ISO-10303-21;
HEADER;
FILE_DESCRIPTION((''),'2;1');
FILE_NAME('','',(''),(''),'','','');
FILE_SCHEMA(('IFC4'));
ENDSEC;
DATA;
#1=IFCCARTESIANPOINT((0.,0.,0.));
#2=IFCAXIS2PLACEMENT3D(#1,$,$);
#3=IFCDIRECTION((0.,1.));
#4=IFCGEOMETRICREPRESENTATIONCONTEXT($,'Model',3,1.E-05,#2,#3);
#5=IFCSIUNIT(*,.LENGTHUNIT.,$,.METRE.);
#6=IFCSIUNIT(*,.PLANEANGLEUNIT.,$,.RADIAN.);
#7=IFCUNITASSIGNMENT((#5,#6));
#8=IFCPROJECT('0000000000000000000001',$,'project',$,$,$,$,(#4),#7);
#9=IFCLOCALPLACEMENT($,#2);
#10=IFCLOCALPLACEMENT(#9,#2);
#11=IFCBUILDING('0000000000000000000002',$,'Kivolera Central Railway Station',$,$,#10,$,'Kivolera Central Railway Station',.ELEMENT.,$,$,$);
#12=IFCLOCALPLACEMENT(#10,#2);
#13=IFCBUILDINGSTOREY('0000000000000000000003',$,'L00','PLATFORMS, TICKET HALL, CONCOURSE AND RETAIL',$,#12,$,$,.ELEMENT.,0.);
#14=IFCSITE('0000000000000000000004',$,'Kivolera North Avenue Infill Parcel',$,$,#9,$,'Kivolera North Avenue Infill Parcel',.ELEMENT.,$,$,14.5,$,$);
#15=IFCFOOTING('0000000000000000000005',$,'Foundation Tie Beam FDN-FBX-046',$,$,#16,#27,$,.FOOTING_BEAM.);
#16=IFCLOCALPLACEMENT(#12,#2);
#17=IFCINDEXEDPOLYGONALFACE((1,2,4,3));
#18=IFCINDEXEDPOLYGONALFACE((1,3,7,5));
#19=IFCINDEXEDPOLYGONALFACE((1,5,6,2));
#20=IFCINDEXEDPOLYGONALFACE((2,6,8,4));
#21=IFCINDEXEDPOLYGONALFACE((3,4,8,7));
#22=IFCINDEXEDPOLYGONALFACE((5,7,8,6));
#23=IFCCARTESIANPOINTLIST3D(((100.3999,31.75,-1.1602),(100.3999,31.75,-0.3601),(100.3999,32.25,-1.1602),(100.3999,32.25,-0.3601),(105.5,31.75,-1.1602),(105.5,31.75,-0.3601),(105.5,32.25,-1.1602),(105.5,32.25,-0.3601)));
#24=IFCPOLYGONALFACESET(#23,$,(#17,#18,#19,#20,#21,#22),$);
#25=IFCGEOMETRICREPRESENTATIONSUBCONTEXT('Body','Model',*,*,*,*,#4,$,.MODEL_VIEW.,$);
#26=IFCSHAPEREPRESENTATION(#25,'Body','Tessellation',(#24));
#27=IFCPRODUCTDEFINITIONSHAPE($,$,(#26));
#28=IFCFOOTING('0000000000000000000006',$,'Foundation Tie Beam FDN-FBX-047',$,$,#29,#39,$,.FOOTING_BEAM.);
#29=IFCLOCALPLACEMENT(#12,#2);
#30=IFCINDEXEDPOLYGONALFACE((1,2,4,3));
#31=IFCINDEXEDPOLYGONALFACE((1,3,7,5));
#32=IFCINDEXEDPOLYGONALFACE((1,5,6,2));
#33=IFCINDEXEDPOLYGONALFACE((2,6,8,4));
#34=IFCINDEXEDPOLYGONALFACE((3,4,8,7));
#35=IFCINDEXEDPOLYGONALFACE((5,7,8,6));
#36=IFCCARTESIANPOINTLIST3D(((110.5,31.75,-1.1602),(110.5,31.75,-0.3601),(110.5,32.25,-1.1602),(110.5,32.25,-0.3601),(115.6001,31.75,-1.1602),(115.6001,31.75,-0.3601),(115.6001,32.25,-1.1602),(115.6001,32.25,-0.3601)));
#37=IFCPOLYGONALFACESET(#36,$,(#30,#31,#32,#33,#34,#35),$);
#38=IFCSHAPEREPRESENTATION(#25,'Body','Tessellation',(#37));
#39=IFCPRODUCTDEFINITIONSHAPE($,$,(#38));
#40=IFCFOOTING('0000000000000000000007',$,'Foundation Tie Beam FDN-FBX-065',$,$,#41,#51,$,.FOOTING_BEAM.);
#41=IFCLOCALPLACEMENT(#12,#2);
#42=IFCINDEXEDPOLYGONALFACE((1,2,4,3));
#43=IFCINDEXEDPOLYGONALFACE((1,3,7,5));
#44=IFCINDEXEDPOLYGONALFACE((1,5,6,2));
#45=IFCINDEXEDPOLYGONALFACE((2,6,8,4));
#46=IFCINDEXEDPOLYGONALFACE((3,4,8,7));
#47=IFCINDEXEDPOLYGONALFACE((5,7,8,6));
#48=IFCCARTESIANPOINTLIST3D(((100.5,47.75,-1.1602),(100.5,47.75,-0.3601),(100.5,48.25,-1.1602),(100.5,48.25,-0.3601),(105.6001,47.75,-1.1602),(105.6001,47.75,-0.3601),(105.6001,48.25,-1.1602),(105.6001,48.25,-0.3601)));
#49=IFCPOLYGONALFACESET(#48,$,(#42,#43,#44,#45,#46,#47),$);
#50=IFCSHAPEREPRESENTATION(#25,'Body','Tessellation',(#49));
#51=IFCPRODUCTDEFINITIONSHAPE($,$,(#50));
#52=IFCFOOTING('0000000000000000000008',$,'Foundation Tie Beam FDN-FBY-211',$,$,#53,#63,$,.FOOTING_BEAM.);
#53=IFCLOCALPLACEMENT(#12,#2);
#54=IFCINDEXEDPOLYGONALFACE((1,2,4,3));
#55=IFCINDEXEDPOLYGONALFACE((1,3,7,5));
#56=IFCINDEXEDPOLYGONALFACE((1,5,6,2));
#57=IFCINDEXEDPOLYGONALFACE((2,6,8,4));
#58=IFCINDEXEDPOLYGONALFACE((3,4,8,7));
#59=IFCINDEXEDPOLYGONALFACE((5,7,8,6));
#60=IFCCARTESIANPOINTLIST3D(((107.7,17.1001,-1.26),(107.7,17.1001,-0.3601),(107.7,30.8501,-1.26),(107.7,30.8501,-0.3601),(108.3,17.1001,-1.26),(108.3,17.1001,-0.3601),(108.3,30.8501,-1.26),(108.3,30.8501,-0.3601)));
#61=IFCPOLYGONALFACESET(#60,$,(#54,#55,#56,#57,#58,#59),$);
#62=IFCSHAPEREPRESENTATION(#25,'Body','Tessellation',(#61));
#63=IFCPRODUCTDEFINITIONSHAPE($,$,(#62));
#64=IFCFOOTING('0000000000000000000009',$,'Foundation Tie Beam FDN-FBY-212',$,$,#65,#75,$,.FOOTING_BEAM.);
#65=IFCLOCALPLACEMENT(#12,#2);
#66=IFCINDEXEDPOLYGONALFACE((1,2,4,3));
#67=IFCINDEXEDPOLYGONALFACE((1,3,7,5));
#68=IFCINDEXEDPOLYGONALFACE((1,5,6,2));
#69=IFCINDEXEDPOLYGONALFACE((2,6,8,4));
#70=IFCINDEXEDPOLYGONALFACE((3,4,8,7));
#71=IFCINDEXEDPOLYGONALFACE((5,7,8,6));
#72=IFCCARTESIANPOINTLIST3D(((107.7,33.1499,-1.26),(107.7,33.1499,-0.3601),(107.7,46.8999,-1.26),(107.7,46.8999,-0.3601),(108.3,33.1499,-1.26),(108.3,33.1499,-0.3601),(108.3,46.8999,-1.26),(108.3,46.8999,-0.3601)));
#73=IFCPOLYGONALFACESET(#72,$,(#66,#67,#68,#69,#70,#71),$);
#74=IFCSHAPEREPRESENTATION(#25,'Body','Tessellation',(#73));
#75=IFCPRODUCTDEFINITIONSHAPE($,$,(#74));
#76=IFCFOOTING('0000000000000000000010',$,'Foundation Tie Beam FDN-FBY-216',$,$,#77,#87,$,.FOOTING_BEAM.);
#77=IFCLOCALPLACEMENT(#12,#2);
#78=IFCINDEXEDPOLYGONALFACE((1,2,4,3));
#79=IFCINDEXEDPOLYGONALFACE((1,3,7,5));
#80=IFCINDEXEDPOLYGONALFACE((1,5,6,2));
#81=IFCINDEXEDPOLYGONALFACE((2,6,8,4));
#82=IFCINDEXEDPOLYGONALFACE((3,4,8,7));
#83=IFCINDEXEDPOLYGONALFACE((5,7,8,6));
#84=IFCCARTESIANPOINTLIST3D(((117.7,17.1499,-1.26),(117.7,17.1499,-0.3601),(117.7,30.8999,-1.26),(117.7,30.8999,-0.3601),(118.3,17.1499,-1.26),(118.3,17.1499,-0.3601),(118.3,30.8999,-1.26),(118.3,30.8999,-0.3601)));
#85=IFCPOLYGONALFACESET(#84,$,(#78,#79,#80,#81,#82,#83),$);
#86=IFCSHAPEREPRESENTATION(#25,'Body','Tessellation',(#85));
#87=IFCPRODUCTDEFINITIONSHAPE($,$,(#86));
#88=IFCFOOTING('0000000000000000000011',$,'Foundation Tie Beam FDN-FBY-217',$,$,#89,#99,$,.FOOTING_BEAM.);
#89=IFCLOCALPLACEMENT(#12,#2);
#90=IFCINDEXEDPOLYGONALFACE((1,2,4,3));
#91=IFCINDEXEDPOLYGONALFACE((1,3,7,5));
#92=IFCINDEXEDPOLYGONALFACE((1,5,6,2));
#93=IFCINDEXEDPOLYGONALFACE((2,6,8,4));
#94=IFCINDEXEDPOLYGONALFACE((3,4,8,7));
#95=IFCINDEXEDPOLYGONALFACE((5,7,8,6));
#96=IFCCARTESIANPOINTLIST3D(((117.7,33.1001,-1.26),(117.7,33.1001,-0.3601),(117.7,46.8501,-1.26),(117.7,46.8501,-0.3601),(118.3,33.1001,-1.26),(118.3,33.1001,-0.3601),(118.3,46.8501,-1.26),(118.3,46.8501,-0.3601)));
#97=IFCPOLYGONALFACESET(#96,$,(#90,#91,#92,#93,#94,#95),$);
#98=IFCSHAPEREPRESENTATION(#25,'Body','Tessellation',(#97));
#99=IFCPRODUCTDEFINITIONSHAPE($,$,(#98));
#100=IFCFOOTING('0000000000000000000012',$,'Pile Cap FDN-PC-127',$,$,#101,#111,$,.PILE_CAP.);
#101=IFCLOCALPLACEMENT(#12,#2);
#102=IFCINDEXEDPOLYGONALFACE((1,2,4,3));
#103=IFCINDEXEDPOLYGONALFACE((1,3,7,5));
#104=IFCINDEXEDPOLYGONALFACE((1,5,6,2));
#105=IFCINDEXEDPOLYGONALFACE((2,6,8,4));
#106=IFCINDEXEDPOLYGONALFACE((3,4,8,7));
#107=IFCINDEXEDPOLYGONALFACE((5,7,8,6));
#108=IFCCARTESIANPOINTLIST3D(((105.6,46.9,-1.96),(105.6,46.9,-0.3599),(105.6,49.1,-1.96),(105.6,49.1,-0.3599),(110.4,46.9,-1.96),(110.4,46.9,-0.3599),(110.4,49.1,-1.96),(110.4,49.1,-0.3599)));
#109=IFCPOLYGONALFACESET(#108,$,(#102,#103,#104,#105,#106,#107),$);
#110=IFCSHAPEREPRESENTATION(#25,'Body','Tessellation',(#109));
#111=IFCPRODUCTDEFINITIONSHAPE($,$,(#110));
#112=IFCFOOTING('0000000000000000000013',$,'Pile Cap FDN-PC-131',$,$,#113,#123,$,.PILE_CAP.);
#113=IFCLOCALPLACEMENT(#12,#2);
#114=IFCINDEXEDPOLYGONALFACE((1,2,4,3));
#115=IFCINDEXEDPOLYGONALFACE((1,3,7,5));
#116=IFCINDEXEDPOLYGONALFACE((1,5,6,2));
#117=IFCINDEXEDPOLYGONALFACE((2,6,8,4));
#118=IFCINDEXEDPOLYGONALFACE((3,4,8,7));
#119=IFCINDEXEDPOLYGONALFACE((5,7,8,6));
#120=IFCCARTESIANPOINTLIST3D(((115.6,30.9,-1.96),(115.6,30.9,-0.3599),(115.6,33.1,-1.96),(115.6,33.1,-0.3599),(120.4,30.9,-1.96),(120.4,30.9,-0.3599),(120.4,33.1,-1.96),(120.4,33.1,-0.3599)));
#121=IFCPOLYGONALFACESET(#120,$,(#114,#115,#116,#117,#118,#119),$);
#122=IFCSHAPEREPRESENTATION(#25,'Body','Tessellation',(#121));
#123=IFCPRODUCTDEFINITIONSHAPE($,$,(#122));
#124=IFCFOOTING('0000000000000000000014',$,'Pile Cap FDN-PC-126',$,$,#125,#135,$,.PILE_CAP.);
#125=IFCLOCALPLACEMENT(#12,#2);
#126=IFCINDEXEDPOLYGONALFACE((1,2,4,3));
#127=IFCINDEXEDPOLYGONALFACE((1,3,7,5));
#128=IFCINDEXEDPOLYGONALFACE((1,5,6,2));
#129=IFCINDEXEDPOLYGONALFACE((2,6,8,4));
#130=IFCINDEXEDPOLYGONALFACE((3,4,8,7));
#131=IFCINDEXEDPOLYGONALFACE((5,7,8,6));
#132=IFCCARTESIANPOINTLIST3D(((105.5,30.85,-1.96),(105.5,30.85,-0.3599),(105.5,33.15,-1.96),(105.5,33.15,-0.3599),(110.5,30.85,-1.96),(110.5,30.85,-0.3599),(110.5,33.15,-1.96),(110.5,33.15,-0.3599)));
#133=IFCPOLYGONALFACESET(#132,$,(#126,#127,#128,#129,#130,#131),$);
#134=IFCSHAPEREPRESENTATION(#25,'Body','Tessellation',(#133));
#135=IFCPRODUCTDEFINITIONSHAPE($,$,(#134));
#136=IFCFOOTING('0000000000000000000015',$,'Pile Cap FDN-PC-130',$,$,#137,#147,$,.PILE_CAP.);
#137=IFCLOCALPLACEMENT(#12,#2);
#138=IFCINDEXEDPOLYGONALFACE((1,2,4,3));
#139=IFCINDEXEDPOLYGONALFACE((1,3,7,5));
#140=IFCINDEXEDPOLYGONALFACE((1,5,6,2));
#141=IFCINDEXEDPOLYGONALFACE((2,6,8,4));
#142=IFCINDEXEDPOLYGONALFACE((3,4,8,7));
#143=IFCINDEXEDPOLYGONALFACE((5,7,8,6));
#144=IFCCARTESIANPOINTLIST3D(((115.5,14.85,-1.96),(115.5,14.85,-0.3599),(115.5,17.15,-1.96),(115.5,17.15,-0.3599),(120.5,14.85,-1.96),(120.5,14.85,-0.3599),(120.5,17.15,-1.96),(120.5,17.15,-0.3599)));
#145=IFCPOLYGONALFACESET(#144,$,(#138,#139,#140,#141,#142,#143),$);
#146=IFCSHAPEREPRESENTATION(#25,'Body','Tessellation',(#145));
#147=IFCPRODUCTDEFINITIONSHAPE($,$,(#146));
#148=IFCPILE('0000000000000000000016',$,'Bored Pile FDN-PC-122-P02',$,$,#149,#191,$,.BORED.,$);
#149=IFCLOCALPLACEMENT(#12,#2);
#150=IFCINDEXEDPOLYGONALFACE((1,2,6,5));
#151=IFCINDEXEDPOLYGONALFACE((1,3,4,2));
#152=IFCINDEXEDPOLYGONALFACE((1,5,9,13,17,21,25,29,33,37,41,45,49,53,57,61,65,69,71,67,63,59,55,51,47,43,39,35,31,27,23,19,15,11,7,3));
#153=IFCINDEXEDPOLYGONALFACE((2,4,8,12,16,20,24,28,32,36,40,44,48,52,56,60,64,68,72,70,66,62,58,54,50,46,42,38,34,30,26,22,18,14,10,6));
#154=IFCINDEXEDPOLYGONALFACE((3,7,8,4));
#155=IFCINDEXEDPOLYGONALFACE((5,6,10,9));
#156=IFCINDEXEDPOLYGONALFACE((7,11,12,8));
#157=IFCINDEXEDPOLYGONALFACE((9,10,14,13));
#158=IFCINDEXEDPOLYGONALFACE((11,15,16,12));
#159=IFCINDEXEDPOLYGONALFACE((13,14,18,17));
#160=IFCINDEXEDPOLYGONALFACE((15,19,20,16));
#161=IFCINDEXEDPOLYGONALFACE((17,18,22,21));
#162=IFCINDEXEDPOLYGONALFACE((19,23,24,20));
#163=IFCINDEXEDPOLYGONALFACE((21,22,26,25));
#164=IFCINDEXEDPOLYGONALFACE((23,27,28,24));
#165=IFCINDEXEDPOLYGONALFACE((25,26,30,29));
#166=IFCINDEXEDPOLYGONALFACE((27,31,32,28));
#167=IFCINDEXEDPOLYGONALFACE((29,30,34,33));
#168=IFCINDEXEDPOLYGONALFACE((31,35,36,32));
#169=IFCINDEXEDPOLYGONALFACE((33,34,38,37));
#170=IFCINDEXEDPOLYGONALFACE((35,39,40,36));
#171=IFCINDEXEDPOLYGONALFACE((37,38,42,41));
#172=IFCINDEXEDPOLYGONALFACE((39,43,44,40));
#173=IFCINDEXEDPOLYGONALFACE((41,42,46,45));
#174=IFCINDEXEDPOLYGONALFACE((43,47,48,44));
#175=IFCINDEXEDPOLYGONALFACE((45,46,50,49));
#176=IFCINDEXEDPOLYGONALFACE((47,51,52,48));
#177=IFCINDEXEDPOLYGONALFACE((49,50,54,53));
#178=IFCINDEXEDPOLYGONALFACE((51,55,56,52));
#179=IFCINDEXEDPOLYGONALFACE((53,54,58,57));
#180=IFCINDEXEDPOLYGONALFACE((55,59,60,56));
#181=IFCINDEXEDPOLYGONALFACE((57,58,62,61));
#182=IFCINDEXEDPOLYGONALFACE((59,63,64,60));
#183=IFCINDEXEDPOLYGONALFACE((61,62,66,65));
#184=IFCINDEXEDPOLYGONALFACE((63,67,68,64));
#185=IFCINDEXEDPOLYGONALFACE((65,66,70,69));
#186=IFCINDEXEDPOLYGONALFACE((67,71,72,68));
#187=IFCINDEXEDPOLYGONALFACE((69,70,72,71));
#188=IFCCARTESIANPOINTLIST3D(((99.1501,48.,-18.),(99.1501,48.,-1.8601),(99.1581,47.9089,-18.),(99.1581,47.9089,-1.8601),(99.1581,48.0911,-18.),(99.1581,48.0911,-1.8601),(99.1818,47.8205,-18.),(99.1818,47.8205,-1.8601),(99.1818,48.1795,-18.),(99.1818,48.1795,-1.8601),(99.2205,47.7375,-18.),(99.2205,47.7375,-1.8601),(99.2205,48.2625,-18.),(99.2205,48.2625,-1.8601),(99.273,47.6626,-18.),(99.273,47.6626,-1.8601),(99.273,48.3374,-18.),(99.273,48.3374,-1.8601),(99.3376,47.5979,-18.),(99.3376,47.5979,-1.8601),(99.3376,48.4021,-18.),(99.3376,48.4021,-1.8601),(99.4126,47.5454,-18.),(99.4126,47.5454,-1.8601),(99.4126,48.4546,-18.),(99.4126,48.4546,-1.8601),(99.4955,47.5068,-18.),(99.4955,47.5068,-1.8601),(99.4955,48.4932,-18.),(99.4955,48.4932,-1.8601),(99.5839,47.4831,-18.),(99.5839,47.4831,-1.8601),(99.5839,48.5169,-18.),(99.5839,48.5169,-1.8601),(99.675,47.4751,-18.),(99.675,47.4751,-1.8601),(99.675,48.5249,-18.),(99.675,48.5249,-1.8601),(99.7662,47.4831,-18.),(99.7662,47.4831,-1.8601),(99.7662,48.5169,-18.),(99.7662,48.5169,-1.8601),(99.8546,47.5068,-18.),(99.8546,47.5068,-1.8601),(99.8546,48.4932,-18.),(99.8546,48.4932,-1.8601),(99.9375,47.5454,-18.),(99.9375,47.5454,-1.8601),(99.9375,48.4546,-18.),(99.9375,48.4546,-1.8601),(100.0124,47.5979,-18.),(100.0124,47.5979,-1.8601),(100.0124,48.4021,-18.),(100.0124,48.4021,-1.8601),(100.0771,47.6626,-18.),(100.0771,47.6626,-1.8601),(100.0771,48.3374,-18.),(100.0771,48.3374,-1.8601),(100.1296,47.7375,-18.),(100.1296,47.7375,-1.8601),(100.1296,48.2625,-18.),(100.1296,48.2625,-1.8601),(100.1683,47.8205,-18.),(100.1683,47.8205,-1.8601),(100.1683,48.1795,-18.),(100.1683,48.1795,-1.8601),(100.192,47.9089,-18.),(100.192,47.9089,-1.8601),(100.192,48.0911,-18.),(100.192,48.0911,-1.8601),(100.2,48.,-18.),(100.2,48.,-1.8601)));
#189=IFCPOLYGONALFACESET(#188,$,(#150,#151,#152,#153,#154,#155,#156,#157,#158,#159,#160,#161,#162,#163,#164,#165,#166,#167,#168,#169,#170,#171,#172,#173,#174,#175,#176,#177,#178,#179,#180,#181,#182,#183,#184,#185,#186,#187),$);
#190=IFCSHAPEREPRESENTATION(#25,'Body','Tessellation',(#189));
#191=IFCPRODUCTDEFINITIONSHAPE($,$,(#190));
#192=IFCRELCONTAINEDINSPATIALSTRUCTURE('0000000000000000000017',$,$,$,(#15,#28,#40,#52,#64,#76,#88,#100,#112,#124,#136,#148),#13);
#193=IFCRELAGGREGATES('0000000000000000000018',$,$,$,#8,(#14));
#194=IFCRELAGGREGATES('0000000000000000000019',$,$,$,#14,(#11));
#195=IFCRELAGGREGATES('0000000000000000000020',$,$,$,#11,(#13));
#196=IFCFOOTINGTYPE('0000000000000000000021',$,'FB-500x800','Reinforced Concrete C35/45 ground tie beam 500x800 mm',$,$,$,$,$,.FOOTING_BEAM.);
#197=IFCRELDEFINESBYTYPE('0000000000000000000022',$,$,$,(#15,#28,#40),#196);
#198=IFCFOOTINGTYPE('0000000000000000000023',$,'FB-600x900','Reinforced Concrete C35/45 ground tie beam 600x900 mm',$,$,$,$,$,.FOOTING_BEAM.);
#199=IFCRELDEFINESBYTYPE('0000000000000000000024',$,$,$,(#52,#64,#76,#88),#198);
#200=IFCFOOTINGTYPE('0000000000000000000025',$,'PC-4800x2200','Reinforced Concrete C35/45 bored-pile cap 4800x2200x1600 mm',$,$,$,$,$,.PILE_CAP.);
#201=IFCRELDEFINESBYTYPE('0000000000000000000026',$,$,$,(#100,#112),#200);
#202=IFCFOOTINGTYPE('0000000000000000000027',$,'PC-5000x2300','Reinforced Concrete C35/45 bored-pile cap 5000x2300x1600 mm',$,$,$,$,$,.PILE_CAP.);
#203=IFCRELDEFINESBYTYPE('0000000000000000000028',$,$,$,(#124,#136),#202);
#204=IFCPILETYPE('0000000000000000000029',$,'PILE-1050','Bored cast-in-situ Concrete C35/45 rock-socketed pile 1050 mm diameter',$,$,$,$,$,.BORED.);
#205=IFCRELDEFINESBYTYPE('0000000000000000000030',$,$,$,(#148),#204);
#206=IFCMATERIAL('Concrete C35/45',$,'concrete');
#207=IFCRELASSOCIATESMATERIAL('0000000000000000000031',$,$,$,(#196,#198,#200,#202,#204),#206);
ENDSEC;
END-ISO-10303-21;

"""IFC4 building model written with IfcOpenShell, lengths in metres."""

from ifc_helpers import new_model, si_unit, direction, frame, origin, origin_2d, place, context, subcontext, project, spatial, rectangle, circle, extrude, material, material_profile, profile_set, type_object, element, save


model = new_model("IFC4")

# Units and contexts
model_context = context("Model", 3, precision=1e-05, world=origin(), true_north=direction((0.0, 1.0)))
body_context = subcontext(model_context, "Body", "Model", "MODEL_VIEW")
ifc_project = project(units=[si_unit("LENGTHUNIT", "METRE"), si_unit("PLANEANGLEUNIT", "RADIAN")], contexts=[model_context])

# Site, building, storey
site_placement = place(None, origin())
site = spatial("IfcSite", under=ifc_project, at=site_placement, Name="Kivolera North Avenue Infill Parcel", LongName="Kivolera North Avenue Infill Parcel", CompositionType="ELEMENT", RefElevation=14.5)
building_placement = place(site_placement, origin())
building = spatial("IfcBuilding", under=site, at=building_placement, Name="Kivolera Central Railway Station", LongName="Kivolera Central Railway Station", CompositionType="ELEMENT")
storey_placement = place(building_placement, origin())
storey = spatial("IfcBuildingStorey", under=building, at=storey_placement, Name="L00", Description="PLATFORMS, TICKET HALL, CONCOURSE AND RETAIL", CompositionType="ELEMENT", Elevation=0.0)

# Footings
ifc_material_1 = material(Name="Concrete C35/45", Category="concrete")
footing_type_1 = type_object("IfcFootingType", Name="FB-500x800", Description="Reinforced Concrete C35/45 ground tie beam 500x800 mm", PredefinedType="FOOTING_BEAM", material=ifc_material_1)
for number, where, z_axis, x_axis, name in (
    (1, (102.95, 32.0, -1.1602), (0.0, 0.0, 1.0), (1.0, 0.0, 0.0), "Foundation Tie Beam FDN-FBX-046"),
    (2, (113.05, 32.0, -1.1602), (0.0, 0.0, 1.0), (1.0, 0.0, 0.0), "Foundation Tie Beam FDN-FBX-047"),
    (3, (103.05, 48.0, -1.1602), (0.0, 0.0, 1.0), (1.0, 0.0, 0.0), "Foundation Tie Beam FDN-FBX-065"),
):
    element("IfcFooting", number, at=place(storey_placement, frame(where, z_axis=z_axis, x_axis=x_axis)), inside=storey, type_object=footing_type_1, Name=name, PredefinedType="FOOTING_BEAM", context=body_context, shape_type="SweptSolid", body=[
        extrude(rectangle(XDim=5.1001, YDim=0.5, at=origin_2d()), origin(), (0.0, 0.0, 1.0), 0.8),
    ])
footing_type_2 = type_object("IfcFootingType", Name="FB-600x900", Description="Reinforced Concrete C35/45 ground tie beam 600x900 mm", PredefinedType="FOOTING_BEAM", material=ifc_material_1)
for number, where, z_axis, x_axis, name in (
    (4, (108.0, 23.9751, -1.26), (0.0, 0.0, 1.0), (1.0, 0.0, 0.0), "Foundation Tie Beam FDN-FBY-211"),
    (5, (108.0, 40.0249, -1.26), (0.0, 0.0, 1.0), (1.0, 0.0, 0.0), "Foundation Tie Beam FDN-FBY-212"),
    (6, (118.0, 24.0249, -1.26), (0.0, 0.0, 1.0), (1.0, 0.0, 0.0), "Foundation Tie Beam FDN-FBY-216"),
    (7, (118.0, 39.9751, -1.26), (0.0, 0.0, 1.0), (1.0, 0.0, 0.0), "Foundation Tie Beam FDN-FBY-217"),
):
    element("IfcFooting", number, at=place(storey_placement, frame(where, z_axis=z_axis, x_axis=x_axis)), inside=storey, type_object=footing_type_2, Name=name, PredefinedType="FOOTING_BEAM", context=body_context, shape_type="SweptSolid", body=[
        extrude(rectangle(XDim=0.6001, YDim=13.75, at=origin_2d()), origin(), (0.0, 0.0, 1.0), 0.8999),
    ])
footing_type_3 = type_object("IfcFootingType", Name="PC-4800x2200", Description="Reinforced Concrete C35/45 bored-pile cap 4800x2200x1600 mm", PredefinedType="PILE_CAP", material=ifc_material_1)
for number, where, z_axis, x_axis, name in (
    (8, (108.0, 48.0, -1.96), (0.0, 0.0, 1.0), (1.0, 0.0, 0.0), "Pile Cap FDN-PC-127"),
    (9, (118.0, 32.0, -1.96), (0.0, 0.0, 1.0), (1.0, 0.0, 0.0), "Pile Cap FDN-PC-131"),
):
    element("IfcFooting", number, at=place(storey_placement, frame(where, z_axis=z_axis, x_axis=x_axis)), inside=storey, type_object=footing_type_3, Name=name, PredefinedType="PILE_CAP", context=body_context, shape_type="SweptSolid", body=[
        extrude(rectangle(XDim=4.8, YDim=2.2, at=origin_2d()), origin(), (0.0, 0.0, 1.0), 1.6001),
    ])
footing_type_4 = type_object("IfcFootingType", Name="PC-5000x2300", Description="Reinforced Concrete C35/45 bored-pile cap 5000x2300x1600 mm", PredefinedType="PILE_CAP", material=ifc_material_1)
for number, where, z_axis, x_axis, name in (
    (10, (108.0, 32.0, -1.96), (0.0, 0.0, 1.0), (1.0, 0.0, 0.0), "Pile Cap FDN-PC-126"),
    (11, (118.0, 16.0, -1.96), (0.0, 0.0, 1.0), (1.0, 0.0, 0.0), "Pile Cap FDN-PC-130"),
):
    element("IfcFooting", number, at=place(storey_placement, frame(where, z_axis=z_axis, x_axis=x_axis)), inside=storey, type_object=footing_type_4, Name=name, PredefinedType="PILE_CAP", context=body_context, shape_type="SweptSolid", body=[
        extrude(rectangle(XDim=5.0, YDim=2.3, at=origin_2d()), origin(), (0.0, 0.0, 1.0), 1.6001),
    ])

# Pile
ifc_material_profile_1 = material_profile(ifc_material_1, circle(Radius=0.5249, at=origin_2d()), Name="PILE D1050")
ifc_profile_set_1 = profile_set([ifc_material_profile_1], Name="Concrete C35/45")
pile_type = type_object("IfcPileType", Name="PILE-1050", Description="Bored cast-in-situ Concrete C35/45 rock-socketed pile 1050 mm diameter", PredefinedType="BORED", material=ifc_profile_set_1)
for number, where, z_axis, x_axis, name in (
    (12, (99.675, 48.0, -1.8601), (0.0, 0.0, -1.0), (1.0, 0.0, 0.0), "Bored Pile FDN-PC-122-P02"),
):
    element("IfcPile", number, at=place(storey_placement, frame(where, z_axis=z_axis, x_axis=x_axis)), inside=storey, type_object=pile_type, Name=name, PredefinedType="BORED", context=body_context, shape_type="SweptSolid", body=[
        extrude(circle(Radius=0.5249, at=origin_2d()), origin(), (0.0, 0.0, 1.0), 16.1399),
    ])

save(model, "model.ifc")
